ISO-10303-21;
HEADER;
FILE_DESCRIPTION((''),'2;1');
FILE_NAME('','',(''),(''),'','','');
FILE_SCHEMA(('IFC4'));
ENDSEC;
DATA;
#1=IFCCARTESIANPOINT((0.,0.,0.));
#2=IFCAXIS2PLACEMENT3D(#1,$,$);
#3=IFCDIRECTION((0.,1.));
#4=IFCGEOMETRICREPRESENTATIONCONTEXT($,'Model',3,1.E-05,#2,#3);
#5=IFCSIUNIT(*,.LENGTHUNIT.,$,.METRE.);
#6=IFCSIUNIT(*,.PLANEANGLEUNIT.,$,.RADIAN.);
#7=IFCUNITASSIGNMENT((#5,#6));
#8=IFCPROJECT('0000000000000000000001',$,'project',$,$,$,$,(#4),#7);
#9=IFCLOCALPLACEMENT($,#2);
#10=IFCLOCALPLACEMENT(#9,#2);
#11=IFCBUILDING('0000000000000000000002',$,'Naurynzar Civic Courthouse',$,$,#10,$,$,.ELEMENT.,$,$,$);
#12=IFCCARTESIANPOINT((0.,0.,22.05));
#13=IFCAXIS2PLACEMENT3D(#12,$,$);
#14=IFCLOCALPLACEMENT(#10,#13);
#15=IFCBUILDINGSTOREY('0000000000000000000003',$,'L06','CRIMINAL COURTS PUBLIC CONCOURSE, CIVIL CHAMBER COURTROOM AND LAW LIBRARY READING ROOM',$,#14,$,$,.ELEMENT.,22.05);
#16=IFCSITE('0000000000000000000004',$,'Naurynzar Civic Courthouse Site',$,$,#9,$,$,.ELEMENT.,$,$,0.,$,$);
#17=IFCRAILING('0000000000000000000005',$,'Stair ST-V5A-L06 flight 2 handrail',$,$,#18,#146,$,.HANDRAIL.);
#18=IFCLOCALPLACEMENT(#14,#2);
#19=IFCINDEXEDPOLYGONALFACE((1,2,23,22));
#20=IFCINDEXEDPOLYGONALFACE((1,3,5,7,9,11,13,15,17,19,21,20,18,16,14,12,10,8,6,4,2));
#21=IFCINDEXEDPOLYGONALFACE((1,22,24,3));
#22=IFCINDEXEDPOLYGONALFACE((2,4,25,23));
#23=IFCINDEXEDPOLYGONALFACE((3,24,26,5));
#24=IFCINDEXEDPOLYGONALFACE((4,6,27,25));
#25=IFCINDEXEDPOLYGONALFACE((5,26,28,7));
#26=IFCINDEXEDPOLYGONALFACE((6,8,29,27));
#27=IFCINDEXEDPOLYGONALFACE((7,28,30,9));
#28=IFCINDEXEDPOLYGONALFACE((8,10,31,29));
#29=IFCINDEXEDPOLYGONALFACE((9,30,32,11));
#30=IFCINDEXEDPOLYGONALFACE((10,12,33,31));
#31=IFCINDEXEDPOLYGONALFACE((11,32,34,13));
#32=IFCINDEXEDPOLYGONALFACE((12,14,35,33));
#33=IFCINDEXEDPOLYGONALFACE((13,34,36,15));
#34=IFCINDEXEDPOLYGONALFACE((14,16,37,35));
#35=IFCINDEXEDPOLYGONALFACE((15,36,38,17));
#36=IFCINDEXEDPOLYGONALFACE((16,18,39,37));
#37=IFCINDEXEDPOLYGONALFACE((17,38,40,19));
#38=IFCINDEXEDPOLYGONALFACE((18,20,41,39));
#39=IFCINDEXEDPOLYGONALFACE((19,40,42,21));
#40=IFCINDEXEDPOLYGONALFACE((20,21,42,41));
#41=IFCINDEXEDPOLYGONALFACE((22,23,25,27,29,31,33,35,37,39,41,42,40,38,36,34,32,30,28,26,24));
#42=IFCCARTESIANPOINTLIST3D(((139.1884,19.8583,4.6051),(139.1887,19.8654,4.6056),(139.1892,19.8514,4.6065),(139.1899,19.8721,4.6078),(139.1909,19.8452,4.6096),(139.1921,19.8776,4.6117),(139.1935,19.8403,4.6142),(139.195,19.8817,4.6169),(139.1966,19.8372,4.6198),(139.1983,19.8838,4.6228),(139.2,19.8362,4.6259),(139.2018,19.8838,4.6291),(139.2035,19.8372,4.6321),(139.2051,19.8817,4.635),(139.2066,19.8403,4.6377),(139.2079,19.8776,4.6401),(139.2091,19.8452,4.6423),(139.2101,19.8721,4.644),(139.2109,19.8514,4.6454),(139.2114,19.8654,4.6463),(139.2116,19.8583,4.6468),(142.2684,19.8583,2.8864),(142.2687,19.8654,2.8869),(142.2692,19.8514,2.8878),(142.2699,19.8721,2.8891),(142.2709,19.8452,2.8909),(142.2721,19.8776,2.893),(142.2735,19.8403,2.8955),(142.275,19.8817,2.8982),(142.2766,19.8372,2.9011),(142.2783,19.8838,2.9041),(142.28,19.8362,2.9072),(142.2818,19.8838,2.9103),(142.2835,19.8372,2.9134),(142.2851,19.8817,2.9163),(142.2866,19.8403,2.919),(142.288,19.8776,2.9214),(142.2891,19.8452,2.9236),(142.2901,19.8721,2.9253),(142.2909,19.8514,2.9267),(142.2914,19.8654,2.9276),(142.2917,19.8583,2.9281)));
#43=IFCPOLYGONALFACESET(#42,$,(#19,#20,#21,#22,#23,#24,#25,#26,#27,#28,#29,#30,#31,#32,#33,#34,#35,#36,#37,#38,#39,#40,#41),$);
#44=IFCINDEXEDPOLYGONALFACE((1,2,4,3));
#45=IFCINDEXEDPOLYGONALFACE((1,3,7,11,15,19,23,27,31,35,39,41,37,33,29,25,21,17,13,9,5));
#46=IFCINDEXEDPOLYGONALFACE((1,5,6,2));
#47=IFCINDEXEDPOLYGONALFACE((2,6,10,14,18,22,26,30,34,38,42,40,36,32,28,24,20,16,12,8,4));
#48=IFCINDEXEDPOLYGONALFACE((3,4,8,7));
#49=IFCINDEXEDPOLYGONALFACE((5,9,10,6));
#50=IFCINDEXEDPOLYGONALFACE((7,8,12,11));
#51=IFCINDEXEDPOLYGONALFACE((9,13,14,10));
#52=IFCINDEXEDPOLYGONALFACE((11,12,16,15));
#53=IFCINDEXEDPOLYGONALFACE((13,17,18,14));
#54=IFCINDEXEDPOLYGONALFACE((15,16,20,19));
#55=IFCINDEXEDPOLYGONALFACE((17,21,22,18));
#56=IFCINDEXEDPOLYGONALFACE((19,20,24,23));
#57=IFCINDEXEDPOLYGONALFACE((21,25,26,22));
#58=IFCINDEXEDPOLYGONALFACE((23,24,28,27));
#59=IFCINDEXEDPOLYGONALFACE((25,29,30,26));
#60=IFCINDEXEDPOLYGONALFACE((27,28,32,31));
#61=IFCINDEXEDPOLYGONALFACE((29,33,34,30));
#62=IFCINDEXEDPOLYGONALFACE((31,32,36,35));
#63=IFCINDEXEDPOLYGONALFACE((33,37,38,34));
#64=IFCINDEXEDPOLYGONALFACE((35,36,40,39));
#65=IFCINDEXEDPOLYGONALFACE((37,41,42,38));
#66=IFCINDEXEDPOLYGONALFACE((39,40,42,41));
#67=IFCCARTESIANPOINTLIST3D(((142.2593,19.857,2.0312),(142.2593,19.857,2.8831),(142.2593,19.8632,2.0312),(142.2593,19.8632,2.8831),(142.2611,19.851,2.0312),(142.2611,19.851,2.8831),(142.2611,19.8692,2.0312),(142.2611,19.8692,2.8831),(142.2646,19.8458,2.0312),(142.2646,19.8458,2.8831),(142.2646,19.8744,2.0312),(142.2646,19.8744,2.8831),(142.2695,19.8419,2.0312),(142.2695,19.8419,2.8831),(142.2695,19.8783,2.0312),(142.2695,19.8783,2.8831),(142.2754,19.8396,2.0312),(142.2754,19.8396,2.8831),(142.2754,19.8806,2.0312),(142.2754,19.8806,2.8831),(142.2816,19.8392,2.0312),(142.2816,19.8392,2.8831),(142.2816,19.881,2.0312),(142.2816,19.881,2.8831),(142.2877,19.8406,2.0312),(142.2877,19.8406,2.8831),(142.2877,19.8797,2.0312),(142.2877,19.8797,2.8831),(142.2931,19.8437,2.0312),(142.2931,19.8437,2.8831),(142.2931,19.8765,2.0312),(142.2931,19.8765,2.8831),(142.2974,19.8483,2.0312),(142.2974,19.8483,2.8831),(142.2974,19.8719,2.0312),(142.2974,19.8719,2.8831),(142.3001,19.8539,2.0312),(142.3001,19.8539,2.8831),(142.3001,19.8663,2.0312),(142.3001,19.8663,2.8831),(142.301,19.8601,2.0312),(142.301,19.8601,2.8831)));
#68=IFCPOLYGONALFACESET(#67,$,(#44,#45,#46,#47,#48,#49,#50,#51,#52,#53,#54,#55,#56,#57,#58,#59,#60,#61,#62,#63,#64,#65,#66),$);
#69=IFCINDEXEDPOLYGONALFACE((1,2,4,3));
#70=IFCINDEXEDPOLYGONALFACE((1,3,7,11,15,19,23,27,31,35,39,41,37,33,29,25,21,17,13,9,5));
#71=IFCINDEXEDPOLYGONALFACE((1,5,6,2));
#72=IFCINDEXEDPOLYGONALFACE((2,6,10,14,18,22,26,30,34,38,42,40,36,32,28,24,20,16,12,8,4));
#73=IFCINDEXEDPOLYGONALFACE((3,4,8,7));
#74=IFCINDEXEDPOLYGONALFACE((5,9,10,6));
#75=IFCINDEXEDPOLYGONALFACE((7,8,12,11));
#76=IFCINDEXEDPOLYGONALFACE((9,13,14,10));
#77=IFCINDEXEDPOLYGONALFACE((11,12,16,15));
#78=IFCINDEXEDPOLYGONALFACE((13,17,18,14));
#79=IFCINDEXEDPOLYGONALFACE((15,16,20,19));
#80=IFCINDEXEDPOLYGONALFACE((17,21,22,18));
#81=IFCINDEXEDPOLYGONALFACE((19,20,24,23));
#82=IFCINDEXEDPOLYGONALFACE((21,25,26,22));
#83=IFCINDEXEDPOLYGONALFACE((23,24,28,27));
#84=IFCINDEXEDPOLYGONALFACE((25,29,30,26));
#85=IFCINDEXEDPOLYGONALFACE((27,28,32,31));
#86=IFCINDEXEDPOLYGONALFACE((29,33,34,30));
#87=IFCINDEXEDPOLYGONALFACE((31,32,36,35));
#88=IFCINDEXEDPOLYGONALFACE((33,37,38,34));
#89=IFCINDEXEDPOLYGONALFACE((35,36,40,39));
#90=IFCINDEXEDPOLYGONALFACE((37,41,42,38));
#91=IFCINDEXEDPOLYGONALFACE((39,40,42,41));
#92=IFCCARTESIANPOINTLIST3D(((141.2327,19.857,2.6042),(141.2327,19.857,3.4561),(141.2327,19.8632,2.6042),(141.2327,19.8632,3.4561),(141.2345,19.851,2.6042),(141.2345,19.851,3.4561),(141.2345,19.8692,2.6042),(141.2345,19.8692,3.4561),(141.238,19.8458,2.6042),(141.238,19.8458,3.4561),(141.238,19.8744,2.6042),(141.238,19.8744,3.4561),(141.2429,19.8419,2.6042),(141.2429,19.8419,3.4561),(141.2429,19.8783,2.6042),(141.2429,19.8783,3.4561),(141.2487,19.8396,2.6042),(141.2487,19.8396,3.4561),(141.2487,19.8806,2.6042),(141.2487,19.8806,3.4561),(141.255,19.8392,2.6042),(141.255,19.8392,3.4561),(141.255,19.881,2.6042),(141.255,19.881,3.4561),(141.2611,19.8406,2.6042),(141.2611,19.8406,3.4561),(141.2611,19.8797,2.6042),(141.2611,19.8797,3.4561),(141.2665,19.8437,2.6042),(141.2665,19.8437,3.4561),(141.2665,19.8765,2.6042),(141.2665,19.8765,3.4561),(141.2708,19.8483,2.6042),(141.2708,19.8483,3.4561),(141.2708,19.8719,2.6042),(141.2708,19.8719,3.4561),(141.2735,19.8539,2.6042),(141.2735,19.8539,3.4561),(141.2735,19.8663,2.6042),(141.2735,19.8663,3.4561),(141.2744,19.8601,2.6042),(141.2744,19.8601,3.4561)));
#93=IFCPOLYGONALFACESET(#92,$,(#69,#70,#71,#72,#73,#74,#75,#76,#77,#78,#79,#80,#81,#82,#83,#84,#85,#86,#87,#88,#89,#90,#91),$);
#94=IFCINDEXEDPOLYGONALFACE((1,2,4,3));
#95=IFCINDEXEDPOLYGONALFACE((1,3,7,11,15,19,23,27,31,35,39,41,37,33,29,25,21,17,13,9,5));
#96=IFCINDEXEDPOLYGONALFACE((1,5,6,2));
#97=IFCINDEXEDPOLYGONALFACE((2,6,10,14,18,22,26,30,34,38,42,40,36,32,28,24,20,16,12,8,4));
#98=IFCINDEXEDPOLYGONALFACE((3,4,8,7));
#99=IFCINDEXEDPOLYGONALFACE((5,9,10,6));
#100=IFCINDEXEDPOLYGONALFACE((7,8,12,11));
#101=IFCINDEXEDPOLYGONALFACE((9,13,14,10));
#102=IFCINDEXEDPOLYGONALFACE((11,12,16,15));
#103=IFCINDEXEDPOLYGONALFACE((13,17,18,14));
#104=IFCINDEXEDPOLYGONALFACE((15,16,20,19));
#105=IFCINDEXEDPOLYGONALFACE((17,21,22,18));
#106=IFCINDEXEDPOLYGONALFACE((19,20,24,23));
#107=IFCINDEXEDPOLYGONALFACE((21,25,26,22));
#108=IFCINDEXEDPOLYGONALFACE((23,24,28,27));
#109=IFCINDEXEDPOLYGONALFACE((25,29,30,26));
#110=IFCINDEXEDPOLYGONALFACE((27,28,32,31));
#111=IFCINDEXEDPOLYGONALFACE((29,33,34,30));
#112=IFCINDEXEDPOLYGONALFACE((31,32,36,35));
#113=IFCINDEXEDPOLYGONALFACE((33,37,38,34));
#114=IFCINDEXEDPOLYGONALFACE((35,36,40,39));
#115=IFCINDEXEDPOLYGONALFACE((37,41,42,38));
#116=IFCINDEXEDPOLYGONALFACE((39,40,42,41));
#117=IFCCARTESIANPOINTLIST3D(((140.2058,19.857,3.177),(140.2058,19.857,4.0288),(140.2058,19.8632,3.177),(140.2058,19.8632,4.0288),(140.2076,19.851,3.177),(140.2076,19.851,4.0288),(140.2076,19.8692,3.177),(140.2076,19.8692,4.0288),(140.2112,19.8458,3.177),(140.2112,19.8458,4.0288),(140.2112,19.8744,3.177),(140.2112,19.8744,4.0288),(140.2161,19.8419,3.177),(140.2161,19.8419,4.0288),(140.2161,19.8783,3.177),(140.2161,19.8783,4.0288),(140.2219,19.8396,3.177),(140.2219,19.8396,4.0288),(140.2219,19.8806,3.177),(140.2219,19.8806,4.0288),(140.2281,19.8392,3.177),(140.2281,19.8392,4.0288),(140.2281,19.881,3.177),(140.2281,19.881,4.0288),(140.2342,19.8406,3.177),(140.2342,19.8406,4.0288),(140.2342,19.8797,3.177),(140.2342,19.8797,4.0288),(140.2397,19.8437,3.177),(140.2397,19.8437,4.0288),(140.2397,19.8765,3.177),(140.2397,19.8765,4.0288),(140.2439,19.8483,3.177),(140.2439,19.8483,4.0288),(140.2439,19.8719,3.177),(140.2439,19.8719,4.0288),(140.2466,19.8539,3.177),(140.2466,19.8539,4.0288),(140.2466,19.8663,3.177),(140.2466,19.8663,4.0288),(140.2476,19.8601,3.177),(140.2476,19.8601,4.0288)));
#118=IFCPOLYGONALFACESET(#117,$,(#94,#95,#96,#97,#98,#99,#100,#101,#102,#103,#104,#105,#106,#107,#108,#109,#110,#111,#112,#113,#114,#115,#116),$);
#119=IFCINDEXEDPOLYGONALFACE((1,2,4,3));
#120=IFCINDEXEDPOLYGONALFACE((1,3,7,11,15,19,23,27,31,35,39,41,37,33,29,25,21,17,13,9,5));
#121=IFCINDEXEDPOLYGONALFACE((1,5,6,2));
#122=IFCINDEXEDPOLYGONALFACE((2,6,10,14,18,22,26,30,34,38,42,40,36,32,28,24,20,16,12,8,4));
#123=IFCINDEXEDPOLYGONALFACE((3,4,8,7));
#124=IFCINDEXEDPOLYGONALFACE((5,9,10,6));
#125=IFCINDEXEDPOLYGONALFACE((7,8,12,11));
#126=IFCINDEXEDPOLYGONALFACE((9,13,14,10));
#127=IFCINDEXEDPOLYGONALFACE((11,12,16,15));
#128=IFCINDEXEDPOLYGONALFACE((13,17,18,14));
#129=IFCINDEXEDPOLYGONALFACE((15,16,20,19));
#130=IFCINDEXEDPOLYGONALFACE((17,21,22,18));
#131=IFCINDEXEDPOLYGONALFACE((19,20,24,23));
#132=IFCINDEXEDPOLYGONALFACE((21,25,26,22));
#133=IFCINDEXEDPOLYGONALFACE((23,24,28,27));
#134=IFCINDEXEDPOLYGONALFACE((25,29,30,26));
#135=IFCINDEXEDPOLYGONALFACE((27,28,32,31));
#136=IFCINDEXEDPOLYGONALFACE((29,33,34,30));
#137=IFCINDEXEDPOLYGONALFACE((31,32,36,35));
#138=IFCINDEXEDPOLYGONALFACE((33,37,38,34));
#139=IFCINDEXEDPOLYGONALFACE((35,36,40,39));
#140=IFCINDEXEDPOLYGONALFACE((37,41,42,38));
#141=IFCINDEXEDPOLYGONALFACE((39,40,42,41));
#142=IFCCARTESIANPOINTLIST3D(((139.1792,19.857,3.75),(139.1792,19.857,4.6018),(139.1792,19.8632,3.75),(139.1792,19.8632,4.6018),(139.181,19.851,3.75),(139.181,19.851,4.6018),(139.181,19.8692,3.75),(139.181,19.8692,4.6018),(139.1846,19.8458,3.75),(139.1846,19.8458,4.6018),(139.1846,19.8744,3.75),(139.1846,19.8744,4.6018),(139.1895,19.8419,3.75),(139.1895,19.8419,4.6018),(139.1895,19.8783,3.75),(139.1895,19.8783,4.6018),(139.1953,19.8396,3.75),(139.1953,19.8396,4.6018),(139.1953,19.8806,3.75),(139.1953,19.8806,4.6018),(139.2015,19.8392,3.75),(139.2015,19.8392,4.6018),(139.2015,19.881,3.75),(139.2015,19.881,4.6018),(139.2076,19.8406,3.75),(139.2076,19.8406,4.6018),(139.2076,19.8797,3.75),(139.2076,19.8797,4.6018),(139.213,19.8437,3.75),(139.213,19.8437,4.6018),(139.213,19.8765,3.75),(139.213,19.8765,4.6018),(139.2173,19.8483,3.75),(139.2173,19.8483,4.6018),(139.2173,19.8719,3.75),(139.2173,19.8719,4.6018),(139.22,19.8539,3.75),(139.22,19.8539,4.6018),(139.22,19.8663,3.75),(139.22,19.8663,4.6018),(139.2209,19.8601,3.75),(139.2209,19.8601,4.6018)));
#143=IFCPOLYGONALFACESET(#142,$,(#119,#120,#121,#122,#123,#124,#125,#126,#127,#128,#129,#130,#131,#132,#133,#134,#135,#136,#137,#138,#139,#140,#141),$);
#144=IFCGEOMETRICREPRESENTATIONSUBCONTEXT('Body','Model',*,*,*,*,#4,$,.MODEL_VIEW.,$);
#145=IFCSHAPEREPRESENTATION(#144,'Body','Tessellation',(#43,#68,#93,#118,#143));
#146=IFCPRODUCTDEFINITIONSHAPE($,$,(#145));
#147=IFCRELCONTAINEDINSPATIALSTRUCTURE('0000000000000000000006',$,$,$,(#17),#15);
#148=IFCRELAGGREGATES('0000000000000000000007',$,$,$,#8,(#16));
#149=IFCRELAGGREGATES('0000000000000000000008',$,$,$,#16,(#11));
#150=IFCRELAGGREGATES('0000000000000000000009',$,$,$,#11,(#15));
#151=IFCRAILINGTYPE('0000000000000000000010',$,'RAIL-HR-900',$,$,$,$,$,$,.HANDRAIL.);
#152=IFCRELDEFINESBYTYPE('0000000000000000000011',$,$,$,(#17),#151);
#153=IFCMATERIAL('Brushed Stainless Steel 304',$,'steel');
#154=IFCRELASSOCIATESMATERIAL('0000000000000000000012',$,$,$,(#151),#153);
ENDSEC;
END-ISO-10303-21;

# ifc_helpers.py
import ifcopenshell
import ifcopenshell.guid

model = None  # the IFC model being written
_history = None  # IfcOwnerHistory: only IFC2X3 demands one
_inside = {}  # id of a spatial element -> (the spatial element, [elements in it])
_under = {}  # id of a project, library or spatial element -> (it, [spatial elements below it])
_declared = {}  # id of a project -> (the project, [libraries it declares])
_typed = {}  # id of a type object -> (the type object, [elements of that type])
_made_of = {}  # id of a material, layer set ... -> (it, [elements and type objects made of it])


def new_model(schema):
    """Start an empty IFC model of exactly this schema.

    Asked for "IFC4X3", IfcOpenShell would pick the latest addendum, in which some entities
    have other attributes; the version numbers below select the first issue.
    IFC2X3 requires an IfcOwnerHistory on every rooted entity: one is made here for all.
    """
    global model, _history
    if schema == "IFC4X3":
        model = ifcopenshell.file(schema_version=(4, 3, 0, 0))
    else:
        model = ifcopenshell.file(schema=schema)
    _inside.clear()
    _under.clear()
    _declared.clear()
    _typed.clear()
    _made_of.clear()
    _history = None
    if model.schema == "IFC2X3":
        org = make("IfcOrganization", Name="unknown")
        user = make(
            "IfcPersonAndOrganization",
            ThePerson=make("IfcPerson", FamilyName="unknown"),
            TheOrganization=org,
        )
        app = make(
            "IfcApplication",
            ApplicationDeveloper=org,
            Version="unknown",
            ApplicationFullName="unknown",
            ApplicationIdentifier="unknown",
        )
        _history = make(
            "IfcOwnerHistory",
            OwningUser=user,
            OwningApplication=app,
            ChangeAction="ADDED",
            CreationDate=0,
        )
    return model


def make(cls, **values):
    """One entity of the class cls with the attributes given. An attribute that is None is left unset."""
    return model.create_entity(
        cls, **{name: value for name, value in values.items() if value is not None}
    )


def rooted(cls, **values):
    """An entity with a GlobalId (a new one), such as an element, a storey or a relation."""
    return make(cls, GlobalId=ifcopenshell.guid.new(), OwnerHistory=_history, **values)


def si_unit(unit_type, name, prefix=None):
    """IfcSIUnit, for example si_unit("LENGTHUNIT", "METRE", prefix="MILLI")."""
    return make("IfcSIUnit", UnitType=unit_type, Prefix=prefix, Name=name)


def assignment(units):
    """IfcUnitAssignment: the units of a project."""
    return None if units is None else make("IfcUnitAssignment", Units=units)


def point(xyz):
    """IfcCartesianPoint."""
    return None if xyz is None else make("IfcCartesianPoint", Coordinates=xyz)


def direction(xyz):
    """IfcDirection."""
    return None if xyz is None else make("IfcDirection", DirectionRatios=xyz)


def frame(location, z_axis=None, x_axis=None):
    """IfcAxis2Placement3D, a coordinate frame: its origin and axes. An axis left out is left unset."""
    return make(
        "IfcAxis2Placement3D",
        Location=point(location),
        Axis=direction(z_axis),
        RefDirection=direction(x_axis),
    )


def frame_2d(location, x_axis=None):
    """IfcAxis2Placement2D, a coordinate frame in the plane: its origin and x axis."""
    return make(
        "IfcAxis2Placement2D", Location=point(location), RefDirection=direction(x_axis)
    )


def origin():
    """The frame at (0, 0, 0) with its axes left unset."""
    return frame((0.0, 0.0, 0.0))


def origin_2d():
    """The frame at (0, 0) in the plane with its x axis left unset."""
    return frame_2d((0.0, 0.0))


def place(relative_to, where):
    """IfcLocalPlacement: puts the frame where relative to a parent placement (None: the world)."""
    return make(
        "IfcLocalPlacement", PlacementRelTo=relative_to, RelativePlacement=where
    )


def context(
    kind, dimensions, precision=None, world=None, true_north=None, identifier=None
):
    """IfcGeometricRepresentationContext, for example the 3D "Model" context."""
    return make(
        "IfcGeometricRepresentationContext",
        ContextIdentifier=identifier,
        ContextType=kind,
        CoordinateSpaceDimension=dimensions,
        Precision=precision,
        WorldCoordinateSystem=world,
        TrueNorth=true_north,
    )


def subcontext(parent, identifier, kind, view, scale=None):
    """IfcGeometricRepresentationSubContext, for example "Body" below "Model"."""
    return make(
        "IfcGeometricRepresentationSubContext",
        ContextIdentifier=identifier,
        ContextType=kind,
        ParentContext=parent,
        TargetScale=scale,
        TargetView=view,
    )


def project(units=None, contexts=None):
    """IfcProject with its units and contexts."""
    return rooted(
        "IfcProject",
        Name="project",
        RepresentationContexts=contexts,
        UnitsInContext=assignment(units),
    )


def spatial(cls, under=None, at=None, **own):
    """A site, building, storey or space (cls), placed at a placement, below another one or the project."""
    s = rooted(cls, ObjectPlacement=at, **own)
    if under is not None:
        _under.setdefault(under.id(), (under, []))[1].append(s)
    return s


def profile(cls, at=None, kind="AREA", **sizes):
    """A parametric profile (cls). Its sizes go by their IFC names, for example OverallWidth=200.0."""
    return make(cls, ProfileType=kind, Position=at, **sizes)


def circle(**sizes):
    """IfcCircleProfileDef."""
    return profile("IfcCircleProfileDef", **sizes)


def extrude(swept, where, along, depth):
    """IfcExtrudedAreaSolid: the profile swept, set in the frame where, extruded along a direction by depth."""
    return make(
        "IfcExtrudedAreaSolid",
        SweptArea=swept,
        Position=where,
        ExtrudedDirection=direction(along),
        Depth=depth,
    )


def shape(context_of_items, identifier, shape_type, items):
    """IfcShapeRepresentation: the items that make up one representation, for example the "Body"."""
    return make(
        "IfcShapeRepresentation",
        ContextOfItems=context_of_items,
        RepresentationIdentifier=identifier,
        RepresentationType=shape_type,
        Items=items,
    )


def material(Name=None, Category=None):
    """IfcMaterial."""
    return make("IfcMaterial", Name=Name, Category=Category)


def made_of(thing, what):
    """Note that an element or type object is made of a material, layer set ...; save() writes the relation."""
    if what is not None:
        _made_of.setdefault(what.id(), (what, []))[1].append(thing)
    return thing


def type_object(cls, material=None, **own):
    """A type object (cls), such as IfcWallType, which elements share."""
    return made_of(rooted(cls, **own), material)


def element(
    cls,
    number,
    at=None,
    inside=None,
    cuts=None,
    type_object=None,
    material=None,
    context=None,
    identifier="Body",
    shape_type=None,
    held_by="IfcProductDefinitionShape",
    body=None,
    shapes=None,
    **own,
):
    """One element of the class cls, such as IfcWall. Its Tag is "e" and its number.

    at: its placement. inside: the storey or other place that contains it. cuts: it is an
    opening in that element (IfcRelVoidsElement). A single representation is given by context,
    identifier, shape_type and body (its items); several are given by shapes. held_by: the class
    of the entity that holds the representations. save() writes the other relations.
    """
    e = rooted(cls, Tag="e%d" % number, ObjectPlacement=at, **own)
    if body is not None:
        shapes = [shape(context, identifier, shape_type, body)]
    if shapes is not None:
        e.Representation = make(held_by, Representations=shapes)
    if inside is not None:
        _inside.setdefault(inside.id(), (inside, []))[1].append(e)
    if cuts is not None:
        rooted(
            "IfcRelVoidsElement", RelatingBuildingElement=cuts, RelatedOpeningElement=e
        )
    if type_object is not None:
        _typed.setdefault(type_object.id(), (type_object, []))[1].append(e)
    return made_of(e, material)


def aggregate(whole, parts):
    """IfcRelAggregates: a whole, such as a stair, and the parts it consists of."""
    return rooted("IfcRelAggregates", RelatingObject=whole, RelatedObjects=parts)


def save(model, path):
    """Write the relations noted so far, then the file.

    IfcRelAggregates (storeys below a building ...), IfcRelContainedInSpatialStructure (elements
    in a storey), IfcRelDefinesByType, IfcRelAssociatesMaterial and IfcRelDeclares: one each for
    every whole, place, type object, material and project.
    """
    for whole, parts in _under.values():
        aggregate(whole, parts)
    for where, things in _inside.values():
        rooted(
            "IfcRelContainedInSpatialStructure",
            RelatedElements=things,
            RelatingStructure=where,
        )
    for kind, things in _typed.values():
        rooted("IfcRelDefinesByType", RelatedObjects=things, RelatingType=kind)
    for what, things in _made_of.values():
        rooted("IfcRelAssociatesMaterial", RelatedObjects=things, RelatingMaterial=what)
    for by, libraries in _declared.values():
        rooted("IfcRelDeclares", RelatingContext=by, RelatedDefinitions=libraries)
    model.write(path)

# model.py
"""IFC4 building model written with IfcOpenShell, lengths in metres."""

from ifc_helpers import new_model, si_unit, direction, frame, origin, origin_2d, place, context, subcontext, project, spatial, circle, extrude, material, type_object, element, save


model = new_model("IFC4")

# Units and contexts
model_context = context("Model", 3, precision=1e-05, world=origin(), true_north=direction((0.0, 1.0)))
body_context = subcontext(model_context, "Body", "Model", "MODEL_VIEW")
ifc_project = project(units=[si_unit("LENGTHUNIT", "METRE"), si_unit("PLANEANGLEUNIT", "RADIAN")], contexts=[model_context])

# Site, building, storey
site_placement = place(None, origin())
site = spatial("IfcSite", under=ifc_project, at=site_placement, Name="Naurynzar Civic Courthouse Site", CompositionType="ELEMENT", RefElevation=0.0)
building_placement = place(site_placement, origin())
building = spatial("IfcBuilding", under=site, at=building_placement, Name="Naurynzar Civic Courthouse", CompositionType="ELEMENT")
storey_placement = place(building_placement, frame((0.0, 0.0, 22.05)))
storey = spatial("IfcBuildingStorey", under=building, at=storey_placement, Name="L06", Description="CRIMINAL COURTS PUBLIC CONCOURSE, CIVIL CHAMBER COURTROOM AND LAW LIBRARY READING ROOM", CompositionType="ELEMENT", Elevation=22.05)

# Railing
ifc_material_1 = material(Name="Brushed Stainless Steel 304", Category="steel")
railing_type_1 = type_object("IfcRailingType", Name="RAIL-HR-900", PredefinedType="HANDRAIL", material=ifc_material_1)
railing_1_placement = place(storey_placement, frame((142.28, 19.8601, 2.0312)))
element("IfcRailing", 1, at=railing_1_placement, inside=storey, type_object=railing_type_1, Name="Stair ST-V5A-L06 flight 2 handrail", PredefinedType="HANDRAIL", context=body_context, shape_type="SweptSolid", body=[
    extrude(circle(Radius=0.0239, at=origin_2d()), frame((0.0, 0.0, 0.876), z_axis=(-0.873242, 0.0, 0.487288), x_axis=(0.0, -1.0, 0.0)), (0.0, 0.0, 1.0), 3.5271),
    extrude(circle(Radius=0.021, at=origin_2d()), origin(), (0.0, 0.0, 1.0), 0.8518),
    extrude(circle(Radius=0.021, at=origin_2d()), frame((-1.0266, 0.0, 0.573)), (0.0, 0.0, 1.0), 0.8518),
    extrude(circle(Radius=0.021, at=origin_2d()), frame((-2.0535, 0.0, 1.1458)), (0.0, 0.0, 1.0), 0.8518),
    extrude(circle(Radius=0.021, at=origin_2d()), frame((-3.0801, 0.0, 1.7188)), (0.0, 0.0, 1.0), 0.8518),
])

save(model, "model.ifc")
